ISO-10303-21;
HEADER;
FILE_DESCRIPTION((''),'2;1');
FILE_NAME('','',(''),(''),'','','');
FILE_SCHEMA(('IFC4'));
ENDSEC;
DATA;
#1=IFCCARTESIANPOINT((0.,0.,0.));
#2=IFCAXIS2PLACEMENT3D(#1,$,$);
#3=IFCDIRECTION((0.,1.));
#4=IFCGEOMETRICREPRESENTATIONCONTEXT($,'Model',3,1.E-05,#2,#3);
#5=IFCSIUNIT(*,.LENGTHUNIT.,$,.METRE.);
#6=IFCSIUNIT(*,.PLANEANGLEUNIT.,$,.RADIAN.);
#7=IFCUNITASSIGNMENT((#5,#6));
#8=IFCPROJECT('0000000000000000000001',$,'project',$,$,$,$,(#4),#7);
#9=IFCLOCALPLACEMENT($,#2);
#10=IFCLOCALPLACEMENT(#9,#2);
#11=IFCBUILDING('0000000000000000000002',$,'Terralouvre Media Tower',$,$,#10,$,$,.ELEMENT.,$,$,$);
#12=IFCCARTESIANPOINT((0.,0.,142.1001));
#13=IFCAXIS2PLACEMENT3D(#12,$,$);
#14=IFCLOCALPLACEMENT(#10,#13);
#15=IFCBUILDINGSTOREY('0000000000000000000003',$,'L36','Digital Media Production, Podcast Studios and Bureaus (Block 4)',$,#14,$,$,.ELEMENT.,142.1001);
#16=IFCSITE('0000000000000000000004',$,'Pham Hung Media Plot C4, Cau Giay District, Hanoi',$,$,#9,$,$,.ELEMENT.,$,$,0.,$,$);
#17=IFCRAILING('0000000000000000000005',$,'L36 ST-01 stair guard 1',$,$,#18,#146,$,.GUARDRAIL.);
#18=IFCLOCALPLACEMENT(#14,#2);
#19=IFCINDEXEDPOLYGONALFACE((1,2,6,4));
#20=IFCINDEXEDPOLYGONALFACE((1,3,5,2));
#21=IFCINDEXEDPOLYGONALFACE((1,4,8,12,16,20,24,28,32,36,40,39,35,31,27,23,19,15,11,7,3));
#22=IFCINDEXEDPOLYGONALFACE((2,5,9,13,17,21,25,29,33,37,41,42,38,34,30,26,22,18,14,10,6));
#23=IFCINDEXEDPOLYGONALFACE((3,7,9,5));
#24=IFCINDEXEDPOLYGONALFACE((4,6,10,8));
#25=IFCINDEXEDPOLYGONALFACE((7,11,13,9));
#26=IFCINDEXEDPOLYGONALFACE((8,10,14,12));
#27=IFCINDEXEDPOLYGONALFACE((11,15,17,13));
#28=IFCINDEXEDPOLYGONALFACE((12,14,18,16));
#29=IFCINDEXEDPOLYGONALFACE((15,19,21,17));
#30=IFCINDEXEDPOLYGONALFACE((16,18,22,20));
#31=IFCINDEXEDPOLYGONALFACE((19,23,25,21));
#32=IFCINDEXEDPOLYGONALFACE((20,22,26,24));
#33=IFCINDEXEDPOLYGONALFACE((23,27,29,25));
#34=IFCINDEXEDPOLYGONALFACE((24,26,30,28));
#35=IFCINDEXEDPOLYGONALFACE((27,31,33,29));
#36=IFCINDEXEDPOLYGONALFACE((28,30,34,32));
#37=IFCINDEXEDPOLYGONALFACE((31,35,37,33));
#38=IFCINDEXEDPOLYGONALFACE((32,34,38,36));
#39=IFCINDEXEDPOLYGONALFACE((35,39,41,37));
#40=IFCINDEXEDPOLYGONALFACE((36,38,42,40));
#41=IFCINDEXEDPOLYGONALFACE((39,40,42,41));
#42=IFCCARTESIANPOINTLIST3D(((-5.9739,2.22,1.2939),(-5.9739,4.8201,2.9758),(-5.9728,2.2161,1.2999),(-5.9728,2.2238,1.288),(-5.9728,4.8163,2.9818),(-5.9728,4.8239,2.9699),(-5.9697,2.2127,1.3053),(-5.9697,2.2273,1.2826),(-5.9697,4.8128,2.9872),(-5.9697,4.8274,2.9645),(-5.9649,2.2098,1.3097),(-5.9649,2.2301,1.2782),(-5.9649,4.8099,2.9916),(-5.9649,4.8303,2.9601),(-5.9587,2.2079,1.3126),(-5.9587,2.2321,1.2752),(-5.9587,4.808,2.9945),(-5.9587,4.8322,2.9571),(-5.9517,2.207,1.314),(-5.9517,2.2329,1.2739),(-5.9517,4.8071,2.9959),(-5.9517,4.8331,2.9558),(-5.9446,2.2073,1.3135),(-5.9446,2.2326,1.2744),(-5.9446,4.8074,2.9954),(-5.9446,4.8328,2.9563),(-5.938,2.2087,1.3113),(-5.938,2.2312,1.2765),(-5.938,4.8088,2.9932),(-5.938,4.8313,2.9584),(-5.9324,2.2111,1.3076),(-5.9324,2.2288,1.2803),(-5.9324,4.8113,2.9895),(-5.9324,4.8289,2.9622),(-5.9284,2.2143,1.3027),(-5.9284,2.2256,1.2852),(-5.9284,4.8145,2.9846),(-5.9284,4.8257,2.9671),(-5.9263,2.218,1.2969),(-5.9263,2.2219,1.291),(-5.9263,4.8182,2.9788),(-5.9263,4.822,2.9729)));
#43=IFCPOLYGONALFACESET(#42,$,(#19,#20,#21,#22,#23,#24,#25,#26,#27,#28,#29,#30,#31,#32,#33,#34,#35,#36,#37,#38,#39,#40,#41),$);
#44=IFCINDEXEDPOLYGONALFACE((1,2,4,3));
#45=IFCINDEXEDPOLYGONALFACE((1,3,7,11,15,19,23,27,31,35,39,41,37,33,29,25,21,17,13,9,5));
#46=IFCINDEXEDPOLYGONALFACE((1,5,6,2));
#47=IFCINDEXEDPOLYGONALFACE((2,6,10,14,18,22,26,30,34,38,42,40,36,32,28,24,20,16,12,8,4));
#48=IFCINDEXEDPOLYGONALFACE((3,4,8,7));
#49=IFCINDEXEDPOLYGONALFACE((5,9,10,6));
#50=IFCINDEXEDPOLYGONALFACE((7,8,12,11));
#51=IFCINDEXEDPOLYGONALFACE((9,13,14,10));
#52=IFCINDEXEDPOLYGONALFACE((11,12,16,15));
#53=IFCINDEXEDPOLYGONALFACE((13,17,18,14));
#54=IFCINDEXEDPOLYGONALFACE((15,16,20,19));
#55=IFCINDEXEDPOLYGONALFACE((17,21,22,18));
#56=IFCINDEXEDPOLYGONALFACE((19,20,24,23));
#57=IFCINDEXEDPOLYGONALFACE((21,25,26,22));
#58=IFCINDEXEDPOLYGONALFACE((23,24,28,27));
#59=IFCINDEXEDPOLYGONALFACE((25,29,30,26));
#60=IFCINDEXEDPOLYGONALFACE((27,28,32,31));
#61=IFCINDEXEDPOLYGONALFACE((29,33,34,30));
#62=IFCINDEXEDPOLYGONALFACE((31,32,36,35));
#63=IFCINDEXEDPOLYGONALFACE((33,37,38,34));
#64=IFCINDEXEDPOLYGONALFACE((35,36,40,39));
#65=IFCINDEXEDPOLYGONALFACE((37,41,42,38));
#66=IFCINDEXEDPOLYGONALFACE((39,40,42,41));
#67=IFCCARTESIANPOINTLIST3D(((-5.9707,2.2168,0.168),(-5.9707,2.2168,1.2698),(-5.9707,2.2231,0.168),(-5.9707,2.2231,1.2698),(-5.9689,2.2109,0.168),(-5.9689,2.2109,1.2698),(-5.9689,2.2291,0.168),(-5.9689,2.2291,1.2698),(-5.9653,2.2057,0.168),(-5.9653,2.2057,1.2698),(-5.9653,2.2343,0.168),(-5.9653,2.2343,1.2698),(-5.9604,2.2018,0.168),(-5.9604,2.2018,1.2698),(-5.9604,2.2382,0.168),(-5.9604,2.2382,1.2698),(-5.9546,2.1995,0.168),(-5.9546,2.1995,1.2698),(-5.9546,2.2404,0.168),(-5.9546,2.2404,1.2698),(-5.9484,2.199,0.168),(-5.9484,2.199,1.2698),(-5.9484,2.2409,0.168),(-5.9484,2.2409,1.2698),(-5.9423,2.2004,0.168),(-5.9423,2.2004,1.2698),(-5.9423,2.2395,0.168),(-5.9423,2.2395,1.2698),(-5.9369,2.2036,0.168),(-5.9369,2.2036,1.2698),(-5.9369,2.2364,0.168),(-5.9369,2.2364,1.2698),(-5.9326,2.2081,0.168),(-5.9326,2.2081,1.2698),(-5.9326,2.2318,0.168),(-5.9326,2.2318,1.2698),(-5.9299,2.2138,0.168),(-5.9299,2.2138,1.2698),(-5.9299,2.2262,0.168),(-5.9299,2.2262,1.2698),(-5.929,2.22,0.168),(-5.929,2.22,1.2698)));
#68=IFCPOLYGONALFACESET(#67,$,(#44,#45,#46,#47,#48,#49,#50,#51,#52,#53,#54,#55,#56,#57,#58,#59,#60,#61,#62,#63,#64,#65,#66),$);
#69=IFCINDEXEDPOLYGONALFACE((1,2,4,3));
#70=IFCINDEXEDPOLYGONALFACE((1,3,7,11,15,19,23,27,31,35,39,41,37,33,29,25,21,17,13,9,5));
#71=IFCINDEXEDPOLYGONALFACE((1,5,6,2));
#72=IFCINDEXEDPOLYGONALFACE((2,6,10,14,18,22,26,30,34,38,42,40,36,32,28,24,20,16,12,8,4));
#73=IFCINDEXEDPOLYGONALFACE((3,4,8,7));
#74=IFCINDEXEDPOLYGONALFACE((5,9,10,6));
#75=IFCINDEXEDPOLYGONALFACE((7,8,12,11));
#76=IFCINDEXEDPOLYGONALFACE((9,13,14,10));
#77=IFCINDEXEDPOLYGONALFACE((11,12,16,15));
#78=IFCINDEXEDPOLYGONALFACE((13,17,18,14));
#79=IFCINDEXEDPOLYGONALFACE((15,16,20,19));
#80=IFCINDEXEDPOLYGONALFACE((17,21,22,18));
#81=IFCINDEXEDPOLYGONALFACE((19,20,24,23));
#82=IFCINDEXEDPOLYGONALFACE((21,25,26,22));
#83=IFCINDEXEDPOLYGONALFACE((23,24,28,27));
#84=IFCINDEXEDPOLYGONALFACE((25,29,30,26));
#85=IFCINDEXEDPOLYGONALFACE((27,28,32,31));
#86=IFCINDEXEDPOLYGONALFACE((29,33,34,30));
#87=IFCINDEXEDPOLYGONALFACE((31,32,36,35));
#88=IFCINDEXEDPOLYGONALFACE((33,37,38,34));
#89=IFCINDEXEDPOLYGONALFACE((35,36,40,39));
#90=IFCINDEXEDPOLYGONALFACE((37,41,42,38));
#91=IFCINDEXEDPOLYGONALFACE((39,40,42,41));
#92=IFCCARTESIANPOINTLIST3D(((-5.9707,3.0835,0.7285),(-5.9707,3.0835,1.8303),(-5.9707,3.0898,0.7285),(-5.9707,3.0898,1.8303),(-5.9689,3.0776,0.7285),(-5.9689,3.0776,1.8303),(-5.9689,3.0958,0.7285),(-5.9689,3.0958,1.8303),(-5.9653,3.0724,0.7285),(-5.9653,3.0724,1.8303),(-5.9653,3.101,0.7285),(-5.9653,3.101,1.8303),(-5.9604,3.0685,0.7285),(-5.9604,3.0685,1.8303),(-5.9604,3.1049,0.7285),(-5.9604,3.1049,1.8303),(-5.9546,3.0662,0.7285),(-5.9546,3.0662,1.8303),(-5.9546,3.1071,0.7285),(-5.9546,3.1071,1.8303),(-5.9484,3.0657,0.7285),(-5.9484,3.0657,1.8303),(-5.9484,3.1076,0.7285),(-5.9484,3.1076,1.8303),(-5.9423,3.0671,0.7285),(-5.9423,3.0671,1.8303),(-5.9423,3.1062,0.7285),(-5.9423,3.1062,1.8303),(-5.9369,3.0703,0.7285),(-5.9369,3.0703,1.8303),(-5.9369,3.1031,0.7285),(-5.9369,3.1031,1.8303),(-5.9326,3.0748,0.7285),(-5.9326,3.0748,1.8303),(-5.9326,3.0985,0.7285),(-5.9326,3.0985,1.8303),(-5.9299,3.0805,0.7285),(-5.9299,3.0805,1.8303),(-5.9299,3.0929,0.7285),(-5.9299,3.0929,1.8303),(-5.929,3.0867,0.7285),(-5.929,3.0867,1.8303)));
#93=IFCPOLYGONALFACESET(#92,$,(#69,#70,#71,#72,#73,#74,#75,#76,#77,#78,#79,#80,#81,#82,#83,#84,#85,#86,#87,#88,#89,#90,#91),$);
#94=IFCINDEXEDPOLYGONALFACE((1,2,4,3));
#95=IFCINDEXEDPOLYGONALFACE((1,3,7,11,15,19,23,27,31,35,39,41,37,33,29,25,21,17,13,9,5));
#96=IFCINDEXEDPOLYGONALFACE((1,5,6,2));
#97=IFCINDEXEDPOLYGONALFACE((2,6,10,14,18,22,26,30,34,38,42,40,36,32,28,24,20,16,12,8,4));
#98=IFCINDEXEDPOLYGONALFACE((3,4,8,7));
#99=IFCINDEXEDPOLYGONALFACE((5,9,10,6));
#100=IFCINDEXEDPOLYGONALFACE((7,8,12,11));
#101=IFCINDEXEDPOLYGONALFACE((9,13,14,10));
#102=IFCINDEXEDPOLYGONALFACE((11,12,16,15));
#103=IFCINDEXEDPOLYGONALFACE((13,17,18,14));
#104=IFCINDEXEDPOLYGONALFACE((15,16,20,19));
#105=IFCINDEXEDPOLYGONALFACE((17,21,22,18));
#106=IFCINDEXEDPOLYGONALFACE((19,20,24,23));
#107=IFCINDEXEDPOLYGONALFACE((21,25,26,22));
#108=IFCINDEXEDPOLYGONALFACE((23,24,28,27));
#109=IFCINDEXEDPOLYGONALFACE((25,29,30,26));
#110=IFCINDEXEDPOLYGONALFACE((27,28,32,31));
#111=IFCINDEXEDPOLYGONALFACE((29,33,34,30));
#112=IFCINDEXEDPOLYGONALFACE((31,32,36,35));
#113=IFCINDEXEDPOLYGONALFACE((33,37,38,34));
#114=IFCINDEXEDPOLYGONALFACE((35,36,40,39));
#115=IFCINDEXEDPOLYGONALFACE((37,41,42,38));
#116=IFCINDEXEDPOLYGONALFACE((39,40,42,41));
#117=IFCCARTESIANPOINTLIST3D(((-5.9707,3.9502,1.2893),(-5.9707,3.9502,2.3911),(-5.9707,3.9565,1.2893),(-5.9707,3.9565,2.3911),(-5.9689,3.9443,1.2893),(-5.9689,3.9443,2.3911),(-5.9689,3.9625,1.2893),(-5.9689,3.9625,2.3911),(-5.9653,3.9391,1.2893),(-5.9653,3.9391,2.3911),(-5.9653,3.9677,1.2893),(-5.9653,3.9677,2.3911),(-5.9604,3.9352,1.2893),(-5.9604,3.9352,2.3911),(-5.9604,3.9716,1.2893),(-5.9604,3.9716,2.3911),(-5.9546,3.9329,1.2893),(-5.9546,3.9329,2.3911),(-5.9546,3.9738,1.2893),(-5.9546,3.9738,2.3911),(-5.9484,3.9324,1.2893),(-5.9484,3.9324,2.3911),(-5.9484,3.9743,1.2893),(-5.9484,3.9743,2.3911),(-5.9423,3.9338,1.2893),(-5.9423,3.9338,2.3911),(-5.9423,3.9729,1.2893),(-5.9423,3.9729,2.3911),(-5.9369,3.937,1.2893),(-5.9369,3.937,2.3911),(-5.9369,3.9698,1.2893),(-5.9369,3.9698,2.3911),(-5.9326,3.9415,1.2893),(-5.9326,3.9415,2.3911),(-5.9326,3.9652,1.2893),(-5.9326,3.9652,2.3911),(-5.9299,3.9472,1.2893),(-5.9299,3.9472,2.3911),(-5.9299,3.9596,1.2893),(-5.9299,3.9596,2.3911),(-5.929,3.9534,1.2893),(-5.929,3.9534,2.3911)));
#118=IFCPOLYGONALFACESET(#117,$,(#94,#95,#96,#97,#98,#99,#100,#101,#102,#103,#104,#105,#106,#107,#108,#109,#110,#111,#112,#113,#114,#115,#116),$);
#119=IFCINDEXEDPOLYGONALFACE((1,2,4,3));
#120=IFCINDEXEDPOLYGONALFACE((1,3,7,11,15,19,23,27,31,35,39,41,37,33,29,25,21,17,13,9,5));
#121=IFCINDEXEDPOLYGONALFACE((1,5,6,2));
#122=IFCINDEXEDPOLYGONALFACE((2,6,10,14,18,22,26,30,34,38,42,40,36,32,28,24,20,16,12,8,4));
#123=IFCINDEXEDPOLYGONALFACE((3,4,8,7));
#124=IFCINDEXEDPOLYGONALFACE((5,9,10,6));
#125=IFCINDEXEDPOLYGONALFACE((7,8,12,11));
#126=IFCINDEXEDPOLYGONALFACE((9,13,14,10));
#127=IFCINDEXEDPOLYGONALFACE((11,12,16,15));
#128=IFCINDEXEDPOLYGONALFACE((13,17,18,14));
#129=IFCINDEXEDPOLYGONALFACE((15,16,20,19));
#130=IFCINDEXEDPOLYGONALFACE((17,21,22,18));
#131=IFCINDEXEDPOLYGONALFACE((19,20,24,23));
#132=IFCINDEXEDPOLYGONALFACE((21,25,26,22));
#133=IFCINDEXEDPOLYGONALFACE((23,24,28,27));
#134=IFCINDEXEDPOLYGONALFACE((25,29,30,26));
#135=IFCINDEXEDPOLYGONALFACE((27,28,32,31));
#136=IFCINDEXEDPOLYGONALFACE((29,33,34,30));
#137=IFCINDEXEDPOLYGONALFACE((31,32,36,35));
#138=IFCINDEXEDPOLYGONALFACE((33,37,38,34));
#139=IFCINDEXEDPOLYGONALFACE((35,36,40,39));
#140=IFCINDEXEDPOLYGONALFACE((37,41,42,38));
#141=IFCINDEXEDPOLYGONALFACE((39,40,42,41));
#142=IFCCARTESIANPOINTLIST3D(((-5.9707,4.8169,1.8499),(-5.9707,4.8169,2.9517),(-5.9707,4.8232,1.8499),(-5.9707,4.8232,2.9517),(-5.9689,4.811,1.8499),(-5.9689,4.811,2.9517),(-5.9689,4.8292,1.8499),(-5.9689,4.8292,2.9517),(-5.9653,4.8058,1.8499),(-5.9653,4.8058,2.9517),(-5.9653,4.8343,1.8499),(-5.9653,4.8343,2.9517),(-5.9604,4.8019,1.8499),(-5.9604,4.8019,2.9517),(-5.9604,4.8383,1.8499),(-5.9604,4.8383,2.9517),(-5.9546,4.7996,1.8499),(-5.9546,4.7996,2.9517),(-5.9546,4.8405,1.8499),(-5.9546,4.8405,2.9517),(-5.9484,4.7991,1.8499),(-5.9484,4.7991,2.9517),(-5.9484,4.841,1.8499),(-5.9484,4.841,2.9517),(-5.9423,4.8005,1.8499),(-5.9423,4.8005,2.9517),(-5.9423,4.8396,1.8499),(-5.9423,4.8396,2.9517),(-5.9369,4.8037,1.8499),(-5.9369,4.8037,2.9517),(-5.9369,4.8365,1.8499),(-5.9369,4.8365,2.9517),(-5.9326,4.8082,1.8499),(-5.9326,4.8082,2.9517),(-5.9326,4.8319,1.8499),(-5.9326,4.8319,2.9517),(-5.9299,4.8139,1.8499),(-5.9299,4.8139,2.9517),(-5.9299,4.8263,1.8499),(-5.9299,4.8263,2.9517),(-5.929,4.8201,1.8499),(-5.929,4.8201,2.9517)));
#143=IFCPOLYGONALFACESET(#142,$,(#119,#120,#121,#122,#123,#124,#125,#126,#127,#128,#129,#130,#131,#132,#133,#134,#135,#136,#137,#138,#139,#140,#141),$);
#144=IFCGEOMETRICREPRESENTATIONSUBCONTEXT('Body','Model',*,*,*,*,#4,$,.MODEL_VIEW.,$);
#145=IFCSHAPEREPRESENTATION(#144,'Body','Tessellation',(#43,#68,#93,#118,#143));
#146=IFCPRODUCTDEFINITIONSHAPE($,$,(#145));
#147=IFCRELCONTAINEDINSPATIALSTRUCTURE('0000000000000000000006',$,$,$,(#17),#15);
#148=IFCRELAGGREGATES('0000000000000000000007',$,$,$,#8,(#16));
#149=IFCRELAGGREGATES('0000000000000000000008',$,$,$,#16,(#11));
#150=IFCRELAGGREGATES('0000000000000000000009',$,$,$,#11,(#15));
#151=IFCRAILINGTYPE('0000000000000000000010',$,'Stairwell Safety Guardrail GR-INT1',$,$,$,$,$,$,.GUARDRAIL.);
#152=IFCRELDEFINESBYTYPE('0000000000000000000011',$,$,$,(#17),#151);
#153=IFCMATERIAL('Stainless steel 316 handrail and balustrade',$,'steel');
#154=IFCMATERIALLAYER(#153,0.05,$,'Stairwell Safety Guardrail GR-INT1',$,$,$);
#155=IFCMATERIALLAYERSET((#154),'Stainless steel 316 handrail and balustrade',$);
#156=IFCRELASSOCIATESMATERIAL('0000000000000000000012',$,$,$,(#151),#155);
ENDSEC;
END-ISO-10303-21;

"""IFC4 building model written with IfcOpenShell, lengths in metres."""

from ifc_helpers import new_model, si_unit, direction, frame, origin, origin_2d, place, context, subcontext, project, spatial, circle, extrude, material, layer, layer_set, type_object, element, save


model = new_model("IFC4")

# Units and contexts
model_context = context("Model", 3, precision=1e-05, world=origin(), true_north=direction((0.0, 1.0)))
body_context = subcontext(model_context, "Body", "Model", "MODEL_VIEW")
ifc_project = project(units=[si_unit("LENGTHUNIT", "METRE"), si_unit("PLANEANGLEUNIT", "RADIAN")], contexts=[model_context])

# Site, building, storey
site_placement = place(None, origin())
site = spatial("IfcSite", under=ifc_project, at=site_placement, Name="Pham Hung Media Plot C4, Cau Giay District, Hanoi", CompositionType="ELEMENT", RefElevation=0.0)
building_placement = place(site_placement, origin())
building = spatial("IfcBuilding", under=site, at=building_placement, Name="Terralouvre Media Tower", CompositionType="ELEMENT")
storey_placement = place(building_placement, frame((0.0, 0.0, 142.1001)))
storey = spatial("IfcBuildingStorey", under=building, at=storey_placement, Name="L36", Description="Digital Media Production, Podcast Studios and Bureaus (Block 4)", CompositionType="ELEMENT", Elevation=142.1001)

# Railing
ifc_material_1 = material(Name="Stainless steel 316 handrail and balustrade", Category="steel")
ifc_layer_1 = layer(ifc_material_1, 0.05, Name="Stairwell Safety Guardrail GR-INT1")
ifc_layer_set_1 = layer_set([ifc_layer_1], Name="Stainless steel 316 handrail and balustrade")
railing_type_1 = type_object("IfcRailingType", Name="Stairwell Safety Guardrail GR-INT1", PredefinedType="GUARDRAIL", material=ifc_layer_set_1)
railing_1_placement = place(storey_placement, frame((-5.95, 2.22, 0.168)))
element("IfcRailing", 1, at=railing_1_placement, inside=storey, type_object=railing_type_1, Name="L36 ST-01 stair guard 1", PredefinedType="GUARDRAIL", context=body_context, shape_type="SweptSolid", body=[
    extrude(circle(Radius=0.0239, at=origin_2d()), frame((0.0, 0.0, 1.126), z_axis=(0.0, 0.839648, 0.54313), x_axis=(-1.0, 0.0, 0.0)), (0.0, 0.0, 1.0), 3.0967),
    extrude(circle(Radius=0.021, at=origin_2d()), origin(), (0.0, 0.0, 1.0), 1.1018),
    extrude(circle(Radius=0.021, at=origin_2d()), frame((0.0, 0.8667, 0.5605)), (0.0, 0.0, 1.0), 1.1018),
    extrude(circle(Radius=0.021, at=origin_2d()), frame((0.0, 1.7334, 1.1213)), (0.0, 0.0, 1.0), 1.1018),
    extrude(circle(Radius=0.021, at=origin_2d()), frame((0.0, 2.6001, 1.6819)), (0.0, 0.0, 1.0), 1.1018),
])

save(model, "model.ifc")
